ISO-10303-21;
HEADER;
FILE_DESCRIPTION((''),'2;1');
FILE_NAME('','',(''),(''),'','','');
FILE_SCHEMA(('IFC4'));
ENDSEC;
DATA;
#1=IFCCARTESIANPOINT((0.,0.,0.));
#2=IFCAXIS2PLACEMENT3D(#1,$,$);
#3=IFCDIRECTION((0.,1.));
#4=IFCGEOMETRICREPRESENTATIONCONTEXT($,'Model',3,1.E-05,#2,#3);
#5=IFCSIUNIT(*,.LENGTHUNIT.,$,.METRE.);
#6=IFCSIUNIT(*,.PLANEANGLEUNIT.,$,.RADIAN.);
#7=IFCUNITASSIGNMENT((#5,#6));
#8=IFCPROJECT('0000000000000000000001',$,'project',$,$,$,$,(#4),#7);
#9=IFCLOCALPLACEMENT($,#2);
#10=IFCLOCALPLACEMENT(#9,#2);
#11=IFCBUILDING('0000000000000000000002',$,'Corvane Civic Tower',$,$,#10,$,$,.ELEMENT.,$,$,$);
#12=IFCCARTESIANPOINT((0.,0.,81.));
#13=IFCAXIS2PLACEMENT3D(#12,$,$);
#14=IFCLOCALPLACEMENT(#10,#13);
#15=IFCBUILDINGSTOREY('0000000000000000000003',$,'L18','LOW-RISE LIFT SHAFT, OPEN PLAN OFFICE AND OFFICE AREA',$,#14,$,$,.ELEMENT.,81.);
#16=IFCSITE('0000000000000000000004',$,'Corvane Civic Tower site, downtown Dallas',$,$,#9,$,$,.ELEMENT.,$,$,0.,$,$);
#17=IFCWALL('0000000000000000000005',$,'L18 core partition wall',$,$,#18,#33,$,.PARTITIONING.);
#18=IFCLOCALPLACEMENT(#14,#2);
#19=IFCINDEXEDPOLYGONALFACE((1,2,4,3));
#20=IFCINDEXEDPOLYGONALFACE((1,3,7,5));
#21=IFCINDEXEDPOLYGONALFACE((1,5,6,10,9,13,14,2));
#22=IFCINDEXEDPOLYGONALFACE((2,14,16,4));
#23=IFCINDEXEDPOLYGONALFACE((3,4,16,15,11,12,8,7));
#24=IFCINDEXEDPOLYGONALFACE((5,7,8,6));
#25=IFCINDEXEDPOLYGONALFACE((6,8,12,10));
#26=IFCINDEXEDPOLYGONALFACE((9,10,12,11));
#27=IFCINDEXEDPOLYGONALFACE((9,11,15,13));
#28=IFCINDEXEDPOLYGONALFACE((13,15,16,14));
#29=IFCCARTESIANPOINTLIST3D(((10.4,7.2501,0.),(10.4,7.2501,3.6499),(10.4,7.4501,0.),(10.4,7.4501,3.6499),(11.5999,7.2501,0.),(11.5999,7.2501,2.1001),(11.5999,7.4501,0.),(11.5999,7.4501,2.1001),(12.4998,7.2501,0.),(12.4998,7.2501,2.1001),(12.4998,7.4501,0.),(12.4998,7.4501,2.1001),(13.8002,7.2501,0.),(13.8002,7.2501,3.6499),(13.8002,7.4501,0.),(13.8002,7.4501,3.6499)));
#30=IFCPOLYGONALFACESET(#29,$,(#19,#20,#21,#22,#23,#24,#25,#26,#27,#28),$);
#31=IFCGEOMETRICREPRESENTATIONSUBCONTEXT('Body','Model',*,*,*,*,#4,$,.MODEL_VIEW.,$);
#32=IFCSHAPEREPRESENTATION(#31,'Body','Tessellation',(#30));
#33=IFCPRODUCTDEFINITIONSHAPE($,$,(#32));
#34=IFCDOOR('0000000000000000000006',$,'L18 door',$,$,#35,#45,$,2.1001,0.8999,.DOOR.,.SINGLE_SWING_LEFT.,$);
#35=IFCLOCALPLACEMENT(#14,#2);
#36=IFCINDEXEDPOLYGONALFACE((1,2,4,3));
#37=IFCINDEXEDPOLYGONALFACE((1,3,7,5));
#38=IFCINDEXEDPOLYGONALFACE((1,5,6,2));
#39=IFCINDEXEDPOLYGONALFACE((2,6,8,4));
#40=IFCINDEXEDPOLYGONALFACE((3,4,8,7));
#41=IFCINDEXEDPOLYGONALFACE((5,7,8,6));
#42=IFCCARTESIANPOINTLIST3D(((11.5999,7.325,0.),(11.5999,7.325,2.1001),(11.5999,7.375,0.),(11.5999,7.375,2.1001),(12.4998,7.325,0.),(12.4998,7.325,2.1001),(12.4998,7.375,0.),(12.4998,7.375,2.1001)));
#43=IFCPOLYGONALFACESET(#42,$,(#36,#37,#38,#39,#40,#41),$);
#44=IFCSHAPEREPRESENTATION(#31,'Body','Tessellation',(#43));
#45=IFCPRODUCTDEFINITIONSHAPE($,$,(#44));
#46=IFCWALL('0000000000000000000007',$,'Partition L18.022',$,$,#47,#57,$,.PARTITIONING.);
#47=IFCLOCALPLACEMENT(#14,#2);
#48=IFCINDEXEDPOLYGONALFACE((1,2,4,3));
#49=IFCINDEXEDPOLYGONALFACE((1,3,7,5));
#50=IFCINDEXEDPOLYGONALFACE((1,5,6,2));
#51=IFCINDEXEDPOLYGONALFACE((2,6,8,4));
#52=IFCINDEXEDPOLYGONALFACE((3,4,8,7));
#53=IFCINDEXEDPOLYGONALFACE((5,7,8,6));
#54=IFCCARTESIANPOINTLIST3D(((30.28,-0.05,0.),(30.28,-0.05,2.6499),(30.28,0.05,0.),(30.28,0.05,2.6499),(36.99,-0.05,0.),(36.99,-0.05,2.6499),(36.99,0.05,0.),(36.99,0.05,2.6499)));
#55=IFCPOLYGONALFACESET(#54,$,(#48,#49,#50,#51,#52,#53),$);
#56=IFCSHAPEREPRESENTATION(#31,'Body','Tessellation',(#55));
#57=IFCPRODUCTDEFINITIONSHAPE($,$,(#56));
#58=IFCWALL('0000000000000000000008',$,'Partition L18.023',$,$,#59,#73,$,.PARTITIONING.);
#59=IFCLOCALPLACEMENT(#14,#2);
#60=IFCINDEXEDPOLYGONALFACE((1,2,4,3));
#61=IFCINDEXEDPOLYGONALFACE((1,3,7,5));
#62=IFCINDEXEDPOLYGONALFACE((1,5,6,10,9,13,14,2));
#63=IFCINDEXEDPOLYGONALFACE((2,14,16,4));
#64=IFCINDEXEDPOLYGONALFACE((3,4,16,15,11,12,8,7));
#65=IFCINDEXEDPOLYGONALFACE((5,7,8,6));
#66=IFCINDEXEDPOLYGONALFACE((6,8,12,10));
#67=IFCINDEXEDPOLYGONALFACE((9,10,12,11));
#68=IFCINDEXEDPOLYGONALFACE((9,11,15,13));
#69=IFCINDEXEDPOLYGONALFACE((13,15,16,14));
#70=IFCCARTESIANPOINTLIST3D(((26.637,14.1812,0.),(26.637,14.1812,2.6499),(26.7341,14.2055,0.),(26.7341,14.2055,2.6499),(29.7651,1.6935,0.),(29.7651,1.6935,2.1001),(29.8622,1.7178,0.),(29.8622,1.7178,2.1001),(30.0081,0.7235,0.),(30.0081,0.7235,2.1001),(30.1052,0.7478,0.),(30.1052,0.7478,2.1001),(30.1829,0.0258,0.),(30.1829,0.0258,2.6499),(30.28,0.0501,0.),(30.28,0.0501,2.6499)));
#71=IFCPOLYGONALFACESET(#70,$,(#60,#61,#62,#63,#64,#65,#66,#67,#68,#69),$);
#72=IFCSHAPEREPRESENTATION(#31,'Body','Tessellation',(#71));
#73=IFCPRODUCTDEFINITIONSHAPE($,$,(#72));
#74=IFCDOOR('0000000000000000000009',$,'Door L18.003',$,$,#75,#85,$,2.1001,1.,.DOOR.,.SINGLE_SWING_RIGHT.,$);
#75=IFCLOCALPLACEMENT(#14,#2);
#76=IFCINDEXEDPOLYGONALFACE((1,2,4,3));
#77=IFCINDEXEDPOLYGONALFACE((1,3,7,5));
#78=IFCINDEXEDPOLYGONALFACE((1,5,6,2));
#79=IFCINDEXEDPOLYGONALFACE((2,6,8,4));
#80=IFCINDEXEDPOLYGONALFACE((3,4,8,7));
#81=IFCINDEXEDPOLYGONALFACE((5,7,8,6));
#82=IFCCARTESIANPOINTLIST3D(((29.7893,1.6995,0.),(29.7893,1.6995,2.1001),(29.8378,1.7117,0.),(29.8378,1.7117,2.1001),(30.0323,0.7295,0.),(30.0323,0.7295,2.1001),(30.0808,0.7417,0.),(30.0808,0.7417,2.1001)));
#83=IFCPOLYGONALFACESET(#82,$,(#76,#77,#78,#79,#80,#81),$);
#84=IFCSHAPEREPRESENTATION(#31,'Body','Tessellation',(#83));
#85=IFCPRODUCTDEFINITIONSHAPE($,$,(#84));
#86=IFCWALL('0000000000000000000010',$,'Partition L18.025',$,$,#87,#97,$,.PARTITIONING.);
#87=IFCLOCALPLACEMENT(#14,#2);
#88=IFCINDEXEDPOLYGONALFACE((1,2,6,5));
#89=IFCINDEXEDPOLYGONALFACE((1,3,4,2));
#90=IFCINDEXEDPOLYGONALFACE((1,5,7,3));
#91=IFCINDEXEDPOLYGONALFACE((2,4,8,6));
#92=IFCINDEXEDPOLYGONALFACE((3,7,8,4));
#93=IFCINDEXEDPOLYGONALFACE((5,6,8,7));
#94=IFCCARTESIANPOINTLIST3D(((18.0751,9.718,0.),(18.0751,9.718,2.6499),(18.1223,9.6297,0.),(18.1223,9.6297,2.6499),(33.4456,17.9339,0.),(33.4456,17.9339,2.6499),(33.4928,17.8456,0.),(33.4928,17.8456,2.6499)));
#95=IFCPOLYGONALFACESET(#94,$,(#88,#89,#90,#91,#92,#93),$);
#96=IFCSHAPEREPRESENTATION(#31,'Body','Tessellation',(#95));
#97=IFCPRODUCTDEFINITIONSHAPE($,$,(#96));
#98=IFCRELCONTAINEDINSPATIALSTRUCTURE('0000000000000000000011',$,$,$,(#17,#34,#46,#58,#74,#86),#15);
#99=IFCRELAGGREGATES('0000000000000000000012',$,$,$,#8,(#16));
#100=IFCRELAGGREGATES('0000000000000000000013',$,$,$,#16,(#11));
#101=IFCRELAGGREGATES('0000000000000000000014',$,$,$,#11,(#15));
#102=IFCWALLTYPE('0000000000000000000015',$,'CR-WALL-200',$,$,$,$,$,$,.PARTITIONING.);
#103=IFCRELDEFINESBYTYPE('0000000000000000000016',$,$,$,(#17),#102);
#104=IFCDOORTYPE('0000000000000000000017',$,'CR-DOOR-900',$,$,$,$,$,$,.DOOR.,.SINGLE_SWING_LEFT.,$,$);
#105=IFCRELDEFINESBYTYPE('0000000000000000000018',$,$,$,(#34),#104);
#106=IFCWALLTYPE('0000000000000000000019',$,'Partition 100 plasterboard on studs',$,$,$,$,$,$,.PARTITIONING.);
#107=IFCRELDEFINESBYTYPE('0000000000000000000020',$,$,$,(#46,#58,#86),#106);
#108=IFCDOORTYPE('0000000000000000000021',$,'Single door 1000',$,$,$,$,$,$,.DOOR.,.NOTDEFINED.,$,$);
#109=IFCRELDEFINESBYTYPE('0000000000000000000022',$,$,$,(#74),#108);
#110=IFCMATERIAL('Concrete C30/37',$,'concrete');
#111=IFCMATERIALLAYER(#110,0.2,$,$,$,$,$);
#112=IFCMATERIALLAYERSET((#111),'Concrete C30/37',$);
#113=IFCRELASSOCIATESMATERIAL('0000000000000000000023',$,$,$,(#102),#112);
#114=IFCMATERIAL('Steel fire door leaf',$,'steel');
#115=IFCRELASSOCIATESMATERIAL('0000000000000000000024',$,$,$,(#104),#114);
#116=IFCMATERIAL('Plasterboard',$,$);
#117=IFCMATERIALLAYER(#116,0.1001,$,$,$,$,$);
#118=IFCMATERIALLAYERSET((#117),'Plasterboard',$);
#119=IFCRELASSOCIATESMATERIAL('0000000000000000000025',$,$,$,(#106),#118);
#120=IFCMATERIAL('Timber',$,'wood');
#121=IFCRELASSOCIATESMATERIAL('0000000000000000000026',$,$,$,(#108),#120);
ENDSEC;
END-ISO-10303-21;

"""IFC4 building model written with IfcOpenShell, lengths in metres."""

from ifc_helpers import new_model, si_unit, direction, frame, frame_2d, origin, place, context, subcontext, project, spatial, rectangle, extrude, material, layer, layer_set, type_object, element, fill, save


model = new_model("IFC4")

# Units and contexts
model_context = context("Model", 3, precision=1e-05, world=origin(), true_north=direction((0.0, 1.0)))
body_context = subcontext(model_context, "Body", "Model", "MODEL_VIEW")
ifc_project = project(units=[si_unit("LENGTHUNIT", "METRE"), si_unit("PLANEANGLEUNIT", "RADIAN")], contexts=[model_context])

# Site, building, storey
site_placement = place(None, origin())
site = spatial("IfcSite", under=ifc_project, at=site_placement, Name="Corvane Civic Tower site, downtown Dallas", CompositionType="ELEMENT", RefElevation=0.0)
building_placement = place(site_placement, origin())
building = spatial("IfcBuilding", under=site, at=building_placement, Name="Corvane Civic Tower", CompositionType="ELEMENT")
storey_placement = place(building_placement, frame((0.0, 0.0, 81.0)))
storey = spatial("IfcBuildingStorey", under=building, at=storey_placement, Name="L18", Description="LOW-RISE LIFT SHAFT, OPEN PLAN OFFICE AND OFFICE AREA", CompositionType="ELEMENT", Elevation=81.0)

# Wall, opening, door
ifc_material_1 = material(Name="Concrete C30/37", Category="concrete")
ifc_layer_1 = layer(ifc_material_1, 0.2)
ifc_layer_set_1 = layer_set([ifc_layer_1], Name="Concrete C30/37")
wall_type_1 = type_object("IfcWallType", Name="CR-WALL-200", PredefinedType="PARTITIONING", material=ifc_layer_set_1)
wall_1_placement = place(storey_placement, frame((10.3999, 7.3501, 0.0), z_axis=(0.0, 0.0, 1.0), x_axis=(1.0, 0.0, 0.0)))
wall_1 = element("IfcWall", 1, at=wall_1_placement, inside=storey, type_object=wall_type_1, Name="L18 core partition wall", PredefinedType="PARTITIONING", context=body_context, shape_type="SweptSolid", body=[
    extrude(rectangle(XDim=3.4001, YDim=0.2, at=frame_2d((1.7002, 0.0))), origin(), (0.0, 0.0, 1.0), 3.6499),
])
opening_1_placement = place(wall_1_placement, frame((1.2, 0.0, 0.0)))
opening_1 = element("IfcOpeningElement", 2, at=opening_1_placement, cuts=wall_1, PredefinedType="OPENING", context=body_context, shape_type="SweptSolid", body=[
    extrude(rectangle(XDim=0.8999, YDim=2.1001, at=frame_2d((0.45, 1.05))), frame((0.0, 0.1099, 0.0), z_axis=(0.0, -1.0, 0.0), x_axis=(1.0, 0.0, 0.0)), (0.0, 0.0, 1.0), 0.22),
])
ifc_material_2 = material(Name="Steel fire door leaf", Category="steel")
door_type_1 = type_object("IfcDoorType", Name="CR-DOOR-900", OperationType="SINGLE_SWING_LEFT", PredefinedType="DOOR", material=ifc_material_2)
door_1_placement = place(opening_1_placement, origin())
door_1 = element("IfcDoor", 3, at=door_1_placement, inside=storey, type_object=door_type_1, Name="L18 door", OperationType="SINGLE_SWING_LEFT", OverallHeight=2.1001, OverallWidth=0.8999, PredefinedType="DOOR", context=body_context, shape_type="SweptSolid", body=[
    extrude(rectangle(XDim=0.8999, YDim=2.1001, at=frame_2d((0.45, 1.05))), frame((0.0, 0.0249, 0.0), z_axis=(0.0, -1.0, 0.0), x_axis=(1.0, 0.0, 0.0)), (0.0, 0.0, 1.0), 0.05),
])
fill(opening_1, door_1)

# Wall
ifc_material_3 = material(Name="Plasterboard")
ifc_layer_2 = layer(ifc_material_3, 0.1001)
ifc_layer_set_2 = layer_set([ifc_layer_2], Name="Plasterboard")
wall_type_2 = type_object("IfcWallType", Name="Partition 100 plasterboard on studs", PredefinedType="PARTITIONING", material=ifc_layer_set_2)
wall_2_placement = place(storey_placement, frame((30.28, 0.0, 0.0), z_axis=(0.0, 0.0, 1.0), x_axis=(1.0, 0.0, 0.0)))
element("IfcWall", 4, at=wall_2_placement, inside=storey, type_object=wall_type_2, Name="Partition L18.022", PredefinedType="PARTITIONING", context=body_context, shape_type="SweptSolid", body=[
    extrude(rectangle(XDim=6.71, YDim=0.1001, at=frame_2d((3.355, 0.0))), origin(), (0.0, 0.0, 1.0), 2.6499),
])

# Wall, opening, door
wall_3_placement = place(storey_placement, frame((26.6855, 14.1934, 0.0), z_axis=(0.0, 0.0, 1.0), x_axis=(0.242988, -0.970029, 0.0)))
wall_3 = element("IfcWall", 5, at=wall_3_placement, inside=storey, type_object=wall_type_2, Name="Partition L18.023", PredefinedType="PARTITIONING", context=body_context, shape_type="SweptSolid", body=[
    extrude(rectangle(XDim=14.5928, YDim=0.1001, at=frame_2d((7.2964, 0.0))), origin(), (0.0, 0.0, 1.0), 2.6499),
])
opening_2_placement = place(wall_3_placement, frame((12.8735, 0.0, 0.0)))
opening_2 = element("IfcOpeningElement", 6, at=opening_2_placement, cuts=wall_3, PredefinedType="OPENING", context=body_context, shape_type="SweptSolid", body=[
    extrude(rectangle(XDim=1.0, YDim=2.1001, at=frame_2d((0.5, 1.05))), frame((0.0, 0.0601, 0.0), z_axis=(0.0, -1.0, 0.0), x_axis=(1.0, 0.0, 0.0)), (0.0, 0.0, 1.0), 0.1201),
])
ifc_material_4 = material(Name="Timber", Category="wood")
door_type_2 = type_object("IfcDoorType", Name="Single door 1000", OperationType="NOTDEFINED", PredefinedType="DOOR", material=ifc_material_4)
door_2_placement = place(opening_2_placement, origin())
door_2 = element("IfcDoor", 7, at=door_2_placement, inside=storey, type_object=door_type_2, Name="Door L18.003", OperationType="SINGLE_SWING_RIGHT", OverallHeight=2.1001, OverallWidth=1.0, PredefinedType="DOOR", context=body_context, shape_type="SweptSolid", body=[
    extrude(rectangle(XDim=1.0, YDim=2.1001, at=frame_2d((0.5, 1.05))), frame((0.0, 0.0249, 0.0), z_axis=(0.0, -1.0, 0.0), x_axis=(1.0, 0.0, 0.0)), (0.0, 0.0, 1.0), 0.05),
])
fill(opening_2, door_2)

# Wall
wall_4_placement = place(storey_placement, frame((18.0986, 9.6738, 0.0), z_axis=(0.0, 0.0, 1.0), x_axis=(0.881917, 0.471405, 0.0)))
element("IfcWall", 8, at=wall_4_placement, inside=storey, type_object=wall_type_2, Name="Partition L18.025", PredefinedType="PARTITIONING", context=body_context, shape_type="SweptSolid", body=[
    extrude(rectangle(XDim=17.4285, YDim=0.1001, at=frame_2d((8.7144, 0.0))), origin(), (0.0, 0.0, 1.0), 2.6499),
])

save(model, "model.ifc")
